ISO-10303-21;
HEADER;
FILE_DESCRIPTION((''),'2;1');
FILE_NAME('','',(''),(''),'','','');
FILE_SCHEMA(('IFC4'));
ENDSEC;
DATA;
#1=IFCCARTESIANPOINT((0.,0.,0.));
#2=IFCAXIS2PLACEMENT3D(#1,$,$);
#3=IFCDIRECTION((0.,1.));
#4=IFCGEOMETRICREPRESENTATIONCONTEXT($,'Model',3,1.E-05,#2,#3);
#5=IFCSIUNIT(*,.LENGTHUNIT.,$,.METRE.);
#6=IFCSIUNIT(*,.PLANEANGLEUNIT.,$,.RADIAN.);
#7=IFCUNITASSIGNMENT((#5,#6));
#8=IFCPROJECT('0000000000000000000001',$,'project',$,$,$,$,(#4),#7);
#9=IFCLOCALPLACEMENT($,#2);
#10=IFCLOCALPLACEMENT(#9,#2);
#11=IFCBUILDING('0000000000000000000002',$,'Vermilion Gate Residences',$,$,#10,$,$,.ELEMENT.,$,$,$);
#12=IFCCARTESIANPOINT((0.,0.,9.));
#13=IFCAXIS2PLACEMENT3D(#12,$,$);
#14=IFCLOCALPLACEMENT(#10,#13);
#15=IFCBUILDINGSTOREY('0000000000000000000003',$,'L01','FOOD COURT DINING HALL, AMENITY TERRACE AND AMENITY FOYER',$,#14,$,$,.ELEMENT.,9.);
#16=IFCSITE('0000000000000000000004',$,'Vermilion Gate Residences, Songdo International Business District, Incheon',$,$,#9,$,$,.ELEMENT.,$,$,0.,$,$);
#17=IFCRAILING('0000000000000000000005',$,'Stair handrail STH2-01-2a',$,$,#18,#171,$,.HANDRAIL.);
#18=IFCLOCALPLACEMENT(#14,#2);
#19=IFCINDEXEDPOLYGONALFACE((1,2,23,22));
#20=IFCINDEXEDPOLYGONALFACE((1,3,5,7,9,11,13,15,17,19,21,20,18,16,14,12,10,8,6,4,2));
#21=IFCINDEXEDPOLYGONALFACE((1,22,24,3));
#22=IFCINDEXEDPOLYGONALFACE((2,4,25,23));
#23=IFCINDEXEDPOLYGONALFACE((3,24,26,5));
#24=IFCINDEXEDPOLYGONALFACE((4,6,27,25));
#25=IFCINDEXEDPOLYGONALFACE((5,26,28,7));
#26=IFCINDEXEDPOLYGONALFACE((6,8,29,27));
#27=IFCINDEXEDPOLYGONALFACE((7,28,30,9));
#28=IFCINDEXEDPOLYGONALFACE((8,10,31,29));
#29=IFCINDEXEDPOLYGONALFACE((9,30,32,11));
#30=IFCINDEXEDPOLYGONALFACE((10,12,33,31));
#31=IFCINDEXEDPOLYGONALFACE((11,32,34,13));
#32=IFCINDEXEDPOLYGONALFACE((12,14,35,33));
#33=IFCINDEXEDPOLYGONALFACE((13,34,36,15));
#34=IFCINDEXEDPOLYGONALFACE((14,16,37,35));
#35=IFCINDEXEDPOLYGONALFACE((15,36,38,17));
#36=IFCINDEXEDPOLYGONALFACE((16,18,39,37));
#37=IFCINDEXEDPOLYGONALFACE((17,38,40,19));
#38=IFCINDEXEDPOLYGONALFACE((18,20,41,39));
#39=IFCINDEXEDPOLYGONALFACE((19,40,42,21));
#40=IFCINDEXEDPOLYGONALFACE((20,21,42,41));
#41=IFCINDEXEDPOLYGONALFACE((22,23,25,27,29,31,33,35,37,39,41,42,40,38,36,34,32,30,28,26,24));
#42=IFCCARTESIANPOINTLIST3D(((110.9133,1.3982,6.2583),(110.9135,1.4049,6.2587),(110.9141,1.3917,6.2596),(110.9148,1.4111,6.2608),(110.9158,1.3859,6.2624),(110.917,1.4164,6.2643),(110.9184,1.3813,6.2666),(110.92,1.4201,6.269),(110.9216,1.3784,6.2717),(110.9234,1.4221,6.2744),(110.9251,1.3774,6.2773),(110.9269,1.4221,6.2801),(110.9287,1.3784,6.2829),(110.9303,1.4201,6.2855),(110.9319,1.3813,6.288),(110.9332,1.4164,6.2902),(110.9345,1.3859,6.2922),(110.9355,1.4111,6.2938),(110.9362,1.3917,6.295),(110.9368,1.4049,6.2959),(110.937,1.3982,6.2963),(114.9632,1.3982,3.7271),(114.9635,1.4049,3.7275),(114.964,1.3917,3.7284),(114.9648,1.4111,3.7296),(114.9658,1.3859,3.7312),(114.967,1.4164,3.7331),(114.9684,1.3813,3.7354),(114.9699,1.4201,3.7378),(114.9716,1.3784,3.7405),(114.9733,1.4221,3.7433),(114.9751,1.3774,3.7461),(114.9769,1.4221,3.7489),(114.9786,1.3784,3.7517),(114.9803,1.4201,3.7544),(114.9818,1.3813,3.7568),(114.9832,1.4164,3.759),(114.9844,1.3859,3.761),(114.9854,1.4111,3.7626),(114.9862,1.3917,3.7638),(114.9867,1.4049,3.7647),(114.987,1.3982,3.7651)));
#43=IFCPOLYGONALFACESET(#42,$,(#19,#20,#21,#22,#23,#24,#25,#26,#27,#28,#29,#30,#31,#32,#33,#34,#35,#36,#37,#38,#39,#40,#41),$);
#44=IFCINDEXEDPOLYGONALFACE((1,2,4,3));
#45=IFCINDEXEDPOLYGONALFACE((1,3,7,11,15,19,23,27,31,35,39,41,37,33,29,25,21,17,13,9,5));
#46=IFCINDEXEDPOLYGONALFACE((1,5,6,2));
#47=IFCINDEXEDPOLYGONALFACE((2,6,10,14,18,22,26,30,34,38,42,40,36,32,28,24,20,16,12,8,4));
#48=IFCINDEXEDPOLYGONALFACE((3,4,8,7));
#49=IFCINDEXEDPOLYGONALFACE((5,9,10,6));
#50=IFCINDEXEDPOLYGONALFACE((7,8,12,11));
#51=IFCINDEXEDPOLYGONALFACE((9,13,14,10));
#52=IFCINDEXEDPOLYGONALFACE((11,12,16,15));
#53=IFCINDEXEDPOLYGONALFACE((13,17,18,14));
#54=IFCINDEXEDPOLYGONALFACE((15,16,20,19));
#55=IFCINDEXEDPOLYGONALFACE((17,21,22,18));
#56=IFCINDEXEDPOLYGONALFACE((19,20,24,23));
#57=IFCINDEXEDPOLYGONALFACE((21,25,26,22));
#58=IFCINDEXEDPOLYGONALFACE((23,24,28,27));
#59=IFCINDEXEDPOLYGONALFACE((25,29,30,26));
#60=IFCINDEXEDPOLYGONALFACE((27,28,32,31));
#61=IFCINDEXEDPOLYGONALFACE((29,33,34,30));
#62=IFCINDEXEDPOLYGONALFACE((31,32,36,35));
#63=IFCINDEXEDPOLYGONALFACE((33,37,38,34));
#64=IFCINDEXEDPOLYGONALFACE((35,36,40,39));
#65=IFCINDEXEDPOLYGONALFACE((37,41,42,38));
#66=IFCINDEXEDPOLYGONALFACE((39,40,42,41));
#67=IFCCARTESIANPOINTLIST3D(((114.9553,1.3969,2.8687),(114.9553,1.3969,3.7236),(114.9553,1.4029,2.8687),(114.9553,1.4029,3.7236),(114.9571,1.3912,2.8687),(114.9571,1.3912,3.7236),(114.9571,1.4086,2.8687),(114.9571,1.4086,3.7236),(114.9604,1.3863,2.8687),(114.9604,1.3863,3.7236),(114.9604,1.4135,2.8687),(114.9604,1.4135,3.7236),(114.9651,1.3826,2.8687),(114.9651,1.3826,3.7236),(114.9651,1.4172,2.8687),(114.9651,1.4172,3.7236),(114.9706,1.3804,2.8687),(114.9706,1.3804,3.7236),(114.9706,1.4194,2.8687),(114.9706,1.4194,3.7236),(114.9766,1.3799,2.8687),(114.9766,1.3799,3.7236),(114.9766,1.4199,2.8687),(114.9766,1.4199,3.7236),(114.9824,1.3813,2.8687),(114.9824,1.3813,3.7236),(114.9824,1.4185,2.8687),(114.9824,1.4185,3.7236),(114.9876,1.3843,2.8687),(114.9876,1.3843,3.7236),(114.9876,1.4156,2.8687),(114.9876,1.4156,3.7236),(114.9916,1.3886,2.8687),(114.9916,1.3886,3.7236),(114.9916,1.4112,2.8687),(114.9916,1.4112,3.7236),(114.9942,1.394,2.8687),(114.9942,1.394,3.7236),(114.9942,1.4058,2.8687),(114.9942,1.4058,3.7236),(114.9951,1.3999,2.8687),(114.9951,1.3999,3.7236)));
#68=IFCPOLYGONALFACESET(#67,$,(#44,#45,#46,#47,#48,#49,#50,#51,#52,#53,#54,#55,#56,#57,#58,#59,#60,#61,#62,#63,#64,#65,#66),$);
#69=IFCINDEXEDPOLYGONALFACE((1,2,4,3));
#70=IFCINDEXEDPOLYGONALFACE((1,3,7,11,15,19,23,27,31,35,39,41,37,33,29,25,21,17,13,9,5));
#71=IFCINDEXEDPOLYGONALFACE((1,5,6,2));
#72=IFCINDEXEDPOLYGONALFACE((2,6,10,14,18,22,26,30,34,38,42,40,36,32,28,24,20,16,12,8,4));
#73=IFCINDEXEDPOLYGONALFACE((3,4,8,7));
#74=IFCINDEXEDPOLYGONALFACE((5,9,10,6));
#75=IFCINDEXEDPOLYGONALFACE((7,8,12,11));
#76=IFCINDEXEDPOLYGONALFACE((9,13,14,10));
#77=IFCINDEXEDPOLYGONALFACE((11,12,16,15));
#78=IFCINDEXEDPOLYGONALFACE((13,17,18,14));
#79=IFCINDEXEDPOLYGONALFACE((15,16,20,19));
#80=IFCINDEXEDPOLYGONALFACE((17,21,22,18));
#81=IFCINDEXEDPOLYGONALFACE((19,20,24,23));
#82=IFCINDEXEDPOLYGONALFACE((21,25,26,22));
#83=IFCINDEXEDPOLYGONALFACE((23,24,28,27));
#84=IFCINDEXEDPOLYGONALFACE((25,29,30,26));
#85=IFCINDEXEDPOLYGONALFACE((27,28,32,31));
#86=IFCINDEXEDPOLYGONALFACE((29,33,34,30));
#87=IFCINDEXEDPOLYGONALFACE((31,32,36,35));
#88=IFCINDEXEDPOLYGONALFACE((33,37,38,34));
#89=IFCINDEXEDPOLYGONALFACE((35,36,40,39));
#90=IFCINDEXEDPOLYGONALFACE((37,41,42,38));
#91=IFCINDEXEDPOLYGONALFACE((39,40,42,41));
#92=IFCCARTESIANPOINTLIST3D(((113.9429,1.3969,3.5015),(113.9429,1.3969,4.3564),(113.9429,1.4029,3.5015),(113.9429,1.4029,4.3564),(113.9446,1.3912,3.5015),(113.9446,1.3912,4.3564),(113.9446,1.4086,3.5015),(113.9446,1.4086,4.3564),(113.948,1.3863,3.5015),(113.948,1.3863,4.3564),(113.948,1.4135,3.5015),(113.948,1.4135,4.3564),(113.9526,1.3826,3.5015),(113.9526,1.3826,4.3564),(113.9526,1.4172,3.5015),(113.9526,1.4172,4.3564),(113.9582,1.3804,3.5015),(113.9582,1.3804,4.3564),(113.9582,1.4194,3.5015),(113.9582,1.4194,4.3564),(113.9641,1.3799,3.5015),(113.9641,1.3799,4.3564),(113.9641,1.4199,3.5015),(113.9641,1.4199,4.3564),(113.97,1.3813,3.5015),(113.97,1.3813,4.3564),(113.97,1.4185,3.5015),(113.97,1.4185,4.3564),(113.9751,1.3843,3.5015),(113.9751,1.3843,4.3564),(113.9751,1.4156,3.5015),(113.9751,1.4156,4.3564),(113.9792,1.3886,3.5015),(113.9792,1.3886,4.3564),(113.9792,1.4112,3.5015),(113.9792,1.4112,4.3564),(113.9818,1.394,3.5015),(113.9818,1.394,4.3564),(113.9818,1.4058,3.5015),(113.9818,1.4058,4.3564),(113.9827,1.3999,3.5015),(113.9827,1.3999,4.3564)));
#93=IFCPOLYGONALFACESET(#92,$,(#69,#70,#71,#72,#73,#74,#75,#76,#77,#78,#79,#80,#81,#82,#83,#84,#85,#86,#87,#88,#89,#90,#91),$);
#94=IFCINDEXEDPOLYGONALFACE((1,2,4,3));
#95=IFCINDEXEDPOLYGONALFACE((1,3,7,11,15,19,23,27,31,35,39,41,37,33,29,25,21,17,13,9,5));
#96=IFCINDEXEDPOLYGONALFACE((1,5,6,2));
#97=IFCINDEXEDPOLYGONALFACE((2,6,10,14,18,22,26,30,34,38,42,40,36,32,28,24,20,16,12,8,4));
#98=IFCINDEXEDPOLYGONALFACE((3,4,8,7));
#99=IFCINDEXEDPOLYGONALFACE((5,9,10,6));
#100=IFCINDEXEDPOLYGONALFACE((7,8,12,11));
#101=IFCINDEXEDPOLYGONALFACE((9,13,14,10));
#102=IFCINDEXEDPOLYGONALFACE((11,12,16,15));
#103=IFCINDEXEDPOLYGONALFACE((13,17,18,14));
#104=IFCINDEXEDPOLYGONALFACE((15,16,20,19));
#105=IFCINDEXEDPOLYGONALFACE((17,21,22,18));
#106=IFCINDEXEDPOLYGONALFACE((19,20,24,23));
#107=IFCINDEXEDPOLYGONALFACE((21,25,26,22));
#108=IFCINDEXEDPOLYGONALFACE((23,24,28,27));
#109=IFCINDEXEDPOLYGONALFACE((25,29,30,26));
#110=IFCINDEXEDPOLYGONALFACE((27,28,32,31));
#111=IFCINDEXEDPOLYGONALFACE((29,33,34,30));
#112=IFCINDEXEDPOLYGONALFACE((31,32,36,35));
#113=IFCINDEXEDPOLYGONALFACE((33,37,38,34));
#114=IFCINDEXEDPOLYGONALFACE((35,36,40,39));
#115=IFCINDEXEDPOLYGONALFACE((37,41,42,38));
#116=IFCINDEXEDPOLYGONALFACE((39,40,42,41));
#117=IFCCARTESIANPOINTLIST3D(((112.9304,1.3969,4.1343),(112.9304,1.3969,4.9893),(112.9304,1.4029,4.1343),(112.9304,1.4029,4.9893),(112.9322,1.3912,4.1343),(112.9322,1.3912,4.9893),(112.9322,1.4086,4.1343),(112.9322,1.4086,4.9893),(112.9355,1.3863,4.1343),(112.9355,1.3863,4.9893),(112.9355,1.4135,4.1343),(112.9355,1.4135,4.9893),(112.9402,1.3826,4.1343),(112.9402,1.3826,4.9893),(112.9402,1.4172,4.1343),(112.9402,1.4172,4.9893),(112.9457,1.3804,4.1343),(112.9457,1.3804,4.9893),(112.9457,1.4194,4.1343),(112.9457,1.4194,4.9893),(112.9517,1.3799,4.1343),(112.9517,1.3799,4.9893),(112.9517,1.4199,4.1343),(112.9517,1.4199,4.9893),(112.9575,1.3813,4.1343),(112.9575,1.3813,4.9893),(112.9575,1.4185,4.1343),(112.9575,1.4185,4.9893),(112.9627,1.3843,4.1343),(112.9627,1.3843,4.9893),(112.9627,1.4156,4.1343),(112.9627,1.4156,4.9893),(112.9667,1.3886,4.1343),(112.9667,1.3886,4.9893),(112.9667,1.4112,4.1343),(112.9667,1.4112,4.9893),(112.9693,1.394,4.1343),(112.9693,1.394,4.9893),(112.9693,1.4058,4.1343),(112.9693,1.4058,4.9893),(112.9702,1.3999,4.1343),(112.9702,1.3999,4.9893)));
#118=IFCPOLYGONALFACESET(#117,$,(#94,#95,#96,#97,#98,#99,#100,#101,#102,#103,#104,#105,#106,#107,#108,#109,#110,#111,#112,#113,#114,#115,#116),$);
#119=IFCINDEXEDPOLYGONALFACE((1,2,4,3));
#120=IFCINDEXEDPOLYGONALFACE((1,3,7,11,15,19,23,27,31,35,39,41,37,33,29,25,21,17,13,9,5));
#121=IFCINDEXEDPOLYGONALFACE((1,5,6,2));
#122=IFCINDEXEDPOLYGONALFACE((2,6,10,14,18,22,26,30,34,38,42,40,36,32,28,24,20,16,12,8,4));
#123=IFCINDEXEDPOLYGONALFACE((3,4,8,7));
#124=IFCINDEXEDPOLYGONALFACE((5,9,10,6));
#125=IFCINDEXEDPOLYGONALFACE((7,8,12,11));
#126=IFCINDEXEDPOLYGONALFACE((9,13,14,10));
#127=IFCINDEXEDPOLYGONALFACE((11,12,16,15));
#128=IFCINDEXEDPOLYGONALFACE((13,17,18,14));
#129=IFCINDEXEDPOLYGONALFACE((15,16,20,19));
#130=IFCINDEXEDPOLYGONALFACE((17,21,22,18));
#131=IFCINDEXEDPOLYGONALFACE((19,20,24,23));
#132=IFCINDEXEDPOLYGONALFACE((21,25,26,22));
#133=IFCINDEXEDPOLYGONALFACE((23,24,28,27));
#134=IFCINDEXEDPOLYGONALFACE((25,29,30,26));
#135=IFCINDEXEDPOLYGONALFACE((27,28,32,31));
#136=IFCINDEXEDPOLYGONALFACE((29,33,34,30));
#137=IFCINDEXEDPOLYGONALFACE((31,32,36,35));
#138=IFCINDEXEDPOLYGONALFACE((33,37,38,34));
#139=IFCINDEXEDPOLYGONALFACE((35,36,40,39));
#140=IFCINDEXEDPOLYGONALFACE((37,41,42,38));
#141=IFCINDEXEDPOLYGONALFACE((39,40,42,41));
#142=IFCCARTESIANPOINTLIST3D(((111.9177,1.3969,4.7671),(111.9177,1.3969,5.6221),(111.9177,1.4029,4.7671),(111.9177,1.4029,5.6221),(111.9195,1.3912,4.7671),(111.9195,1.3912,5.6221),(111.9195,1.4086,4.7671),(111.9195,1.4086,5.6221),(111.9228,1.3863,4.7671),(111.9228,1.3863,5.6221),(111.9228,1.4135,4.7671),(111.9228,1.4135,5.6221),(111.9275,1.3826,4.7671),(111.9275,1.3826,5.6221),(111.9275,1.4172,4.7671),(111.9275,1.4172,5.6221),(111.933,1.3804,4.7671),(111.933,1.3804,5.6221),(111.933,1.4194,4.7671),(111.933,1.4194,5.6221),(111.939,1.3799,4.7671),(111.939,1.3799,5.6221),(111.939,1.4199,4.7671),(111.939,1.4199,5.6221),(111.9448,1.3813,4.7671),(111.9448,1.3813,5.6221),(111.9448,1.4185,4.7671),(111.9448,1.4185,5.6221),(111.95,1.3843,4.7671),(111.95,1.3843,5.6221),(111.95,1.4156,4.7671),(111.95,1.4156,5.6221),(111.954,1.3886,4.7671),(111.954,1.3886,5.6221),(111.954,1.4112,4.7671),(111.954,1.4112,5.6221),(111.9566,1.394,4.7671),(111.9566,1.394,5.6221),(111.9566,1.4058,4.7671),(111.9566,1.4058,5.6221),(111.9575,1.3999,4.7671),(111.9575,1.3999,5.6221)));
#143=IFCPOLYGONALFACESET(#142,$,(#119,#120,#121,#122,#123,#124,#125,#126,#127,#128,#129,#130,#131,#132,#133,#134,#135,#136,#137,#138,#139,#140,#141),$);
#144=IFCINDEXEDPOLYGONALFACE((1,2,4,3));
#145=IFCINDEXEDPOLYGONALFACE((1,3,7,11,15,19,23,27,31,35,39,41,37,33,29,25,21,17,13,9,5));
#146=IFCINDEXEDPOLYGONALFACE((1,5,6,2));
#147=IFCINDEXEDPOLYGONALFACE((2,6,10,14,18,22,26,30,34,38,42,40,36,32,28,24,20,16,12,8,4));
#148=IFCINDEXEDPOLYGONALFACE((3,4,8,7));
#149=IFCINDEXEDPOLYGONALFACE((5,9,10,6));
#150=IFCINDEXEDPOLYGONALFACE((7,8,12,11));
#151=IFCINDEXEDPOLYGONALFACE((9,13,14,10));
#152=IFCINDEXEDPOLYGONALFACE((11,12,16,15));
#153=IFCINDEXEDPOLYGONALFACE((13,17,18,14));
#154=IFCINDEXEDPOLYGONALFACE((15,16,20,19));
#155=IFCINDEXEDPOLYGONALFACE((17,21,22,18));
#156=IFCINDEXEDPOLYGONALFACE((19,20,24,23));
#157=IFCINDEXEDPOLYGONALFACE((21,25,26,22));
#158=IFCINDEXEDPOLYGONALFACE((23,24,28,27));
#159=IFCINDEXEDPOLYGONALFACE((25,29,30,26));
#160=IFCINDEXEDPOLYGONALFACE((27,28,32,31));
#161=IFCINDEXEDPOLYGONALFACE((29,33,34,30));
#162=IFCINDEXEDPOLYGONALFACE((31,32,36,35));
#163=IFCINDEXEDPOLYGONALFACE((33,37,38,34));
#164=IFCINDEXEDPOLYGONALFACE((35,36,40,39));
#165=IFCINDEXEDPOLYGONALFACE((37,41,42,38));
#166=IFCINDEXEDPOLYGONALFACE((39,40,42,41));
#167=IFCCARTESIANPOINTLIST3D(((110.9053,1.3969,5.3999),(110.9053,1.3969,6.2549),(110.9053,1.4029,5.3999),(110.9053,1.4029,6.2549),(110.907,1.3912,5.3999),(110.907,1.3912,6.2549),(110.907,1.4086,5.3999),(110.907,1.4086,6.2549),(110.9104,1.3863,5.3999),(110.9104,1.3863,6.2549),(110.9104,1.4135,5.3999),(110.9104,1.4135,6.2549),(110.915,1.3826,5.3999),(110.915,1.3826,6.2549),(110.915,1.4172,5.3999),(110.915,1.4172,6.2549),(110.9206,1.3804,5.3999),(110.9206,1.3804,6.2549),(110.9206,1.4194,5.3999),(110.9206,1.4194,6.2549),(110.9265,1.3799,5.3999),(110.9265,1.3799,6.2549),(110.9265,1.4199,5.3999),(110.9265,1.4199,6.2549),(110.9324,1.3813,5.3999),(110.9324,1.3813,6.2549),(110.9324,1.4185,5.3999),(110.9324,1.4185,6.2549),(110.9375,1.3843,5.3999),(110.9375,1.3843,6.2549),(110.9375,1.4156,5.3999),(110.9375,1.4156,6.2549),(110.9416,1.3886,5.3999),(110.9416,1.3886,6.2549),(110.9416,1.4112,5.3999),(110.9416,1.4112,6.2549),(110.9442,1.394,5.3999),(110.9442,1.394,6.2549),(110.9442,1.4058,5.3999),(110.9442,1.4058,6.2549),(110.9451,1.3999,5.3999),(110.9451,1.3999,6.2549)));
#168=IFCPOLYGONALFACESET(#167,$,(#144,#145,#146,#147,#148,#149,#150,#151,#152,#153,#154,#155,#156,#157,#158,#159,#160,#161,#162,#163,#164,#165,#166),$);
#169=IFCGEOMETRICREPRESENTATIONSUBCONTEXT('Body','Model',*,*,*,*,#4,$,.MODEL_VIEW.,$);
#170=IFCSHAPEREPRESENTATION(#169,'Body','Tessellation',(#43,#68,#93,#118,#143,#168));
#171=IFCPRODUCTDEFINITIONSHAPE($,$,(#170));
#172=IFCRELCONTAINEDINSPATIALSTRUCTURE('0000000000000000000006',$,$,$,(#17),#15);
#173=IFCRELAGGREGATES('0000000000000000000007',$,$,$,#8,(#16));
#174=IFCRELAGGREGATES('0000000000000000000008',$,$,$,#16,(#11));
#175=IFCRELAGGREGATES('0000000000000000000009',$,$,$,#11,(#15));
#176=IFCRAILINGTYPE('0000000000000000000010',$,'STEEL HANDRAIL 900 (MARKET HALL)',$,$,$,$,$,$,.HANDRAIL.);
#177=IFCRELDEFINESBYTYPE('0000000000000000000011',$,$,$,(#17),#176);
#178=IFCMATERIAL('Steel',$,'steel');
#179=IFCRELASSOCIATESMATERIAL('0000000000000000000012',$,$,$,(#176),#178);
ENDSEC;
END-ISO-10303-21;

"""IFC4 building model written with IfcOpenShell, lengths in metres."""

from ifc_helpers import new_model, si_unit, direction, frame, origin, origin_2d, place, context, subcontext, project, spatial, circle, extrude, material, type_object, element, save


model = new_model("IFC4")

# Units and contexts
model_context = context("Model", 3, precision=1e-05, world=origin(), true_north=direction((0.0, 1.0)))
body_context = subcontext(model_context, "Body", "Model", "MODEL_VIEW")
ifc_project = project(units=[si_unit("LENGTHUNIT", "METRE"), si_unit("PLANEANGLEUNIT", "RADIAN")], contexts=[model_context])

# Site, building, storey
site_placement = place(None, origin())
site = spatial("IfcSite", under=ifc_project, at=site_placement, Name="Vermilion Gate Residences, Songdo International Business District, Incheon", CompositionType="ELEMENT", RefElevation=0.0)
building_placement = place(site_placement, origin())
building = spatial("IfcBuilding", under=site, at=building_placement, Name="Vermilion Gate Residences", CompositionType="ELEMENT")
storey_placement = place(building_placement, frame((0.0, 0.0, 9.0)))
storey = spatial("IfcBuildingStorey", under=building, at=storey_placement, Name="L01", Description="FOOD COURT DINING HALL, AMENITY TERRACE AND AMENITY FOYER", CompositionType="ELEMENT", Elevation=9.0)

# Railing
ifc_material_1 = material(Name="Steel", Category="steel")
railing_type_1 = type_object("IfcRailingType", Name="STEEL HANDRAIL 900 (MARKET HALL)", PredefinedType="HANDRAIL", material=ifc_material_1)
for number, where, name in (
    (1, (114.9751, 1.3999, 2.8687), "Stair handrail STH2-01-2a"),
):
    element("IfcRailing", number, at=place(storey_placement, frame(where)), inside=storey, type_object=railing_type_1, Name=name, PredefinedType="HANDRAIL", context=body_context, shape_type="SweptSolid", body=[
        extrude(circle(Radius=0.0225, at=origin_2d()), frame((0.0, 0.0, 0.8774), z_axis=(-0.848001, 0.0, 0.529994), x_axis=(0.0, -1.0, 0.0)), (0.0, 0.0, 1.0), 4.7759),
        extrude(circle(Radius=0.02, at=origin_2d()), origin(), (0.0, 0.0, 1.0), 0.855),
        extrude(circle(Radius=0.02, at=origin_2d()), frame((-1.0125, 0.0, 0.6328)), (0.0, 0.0, 1.0), 0.855),
        extrude(circle(Radius=0.02, at=origin_2d()), frame((-2.0249, 0.0, 1.2656)), (0.0, 0.0, 1.0), 0.855),
        extrude(circle(Radius=0.02, at=origin_2d()), frame((-3.0376, 0.0, 1.8984)), (0.0, 0.0, 1.0), 0.855),
        extrude(circle(Radius=0.02, at=origin_2d()), frame((-4.05, 0.0, 2.5312)), (0.0, 0.0, 1.0), 0.855),
    ])

save(model, "model.ifc")
